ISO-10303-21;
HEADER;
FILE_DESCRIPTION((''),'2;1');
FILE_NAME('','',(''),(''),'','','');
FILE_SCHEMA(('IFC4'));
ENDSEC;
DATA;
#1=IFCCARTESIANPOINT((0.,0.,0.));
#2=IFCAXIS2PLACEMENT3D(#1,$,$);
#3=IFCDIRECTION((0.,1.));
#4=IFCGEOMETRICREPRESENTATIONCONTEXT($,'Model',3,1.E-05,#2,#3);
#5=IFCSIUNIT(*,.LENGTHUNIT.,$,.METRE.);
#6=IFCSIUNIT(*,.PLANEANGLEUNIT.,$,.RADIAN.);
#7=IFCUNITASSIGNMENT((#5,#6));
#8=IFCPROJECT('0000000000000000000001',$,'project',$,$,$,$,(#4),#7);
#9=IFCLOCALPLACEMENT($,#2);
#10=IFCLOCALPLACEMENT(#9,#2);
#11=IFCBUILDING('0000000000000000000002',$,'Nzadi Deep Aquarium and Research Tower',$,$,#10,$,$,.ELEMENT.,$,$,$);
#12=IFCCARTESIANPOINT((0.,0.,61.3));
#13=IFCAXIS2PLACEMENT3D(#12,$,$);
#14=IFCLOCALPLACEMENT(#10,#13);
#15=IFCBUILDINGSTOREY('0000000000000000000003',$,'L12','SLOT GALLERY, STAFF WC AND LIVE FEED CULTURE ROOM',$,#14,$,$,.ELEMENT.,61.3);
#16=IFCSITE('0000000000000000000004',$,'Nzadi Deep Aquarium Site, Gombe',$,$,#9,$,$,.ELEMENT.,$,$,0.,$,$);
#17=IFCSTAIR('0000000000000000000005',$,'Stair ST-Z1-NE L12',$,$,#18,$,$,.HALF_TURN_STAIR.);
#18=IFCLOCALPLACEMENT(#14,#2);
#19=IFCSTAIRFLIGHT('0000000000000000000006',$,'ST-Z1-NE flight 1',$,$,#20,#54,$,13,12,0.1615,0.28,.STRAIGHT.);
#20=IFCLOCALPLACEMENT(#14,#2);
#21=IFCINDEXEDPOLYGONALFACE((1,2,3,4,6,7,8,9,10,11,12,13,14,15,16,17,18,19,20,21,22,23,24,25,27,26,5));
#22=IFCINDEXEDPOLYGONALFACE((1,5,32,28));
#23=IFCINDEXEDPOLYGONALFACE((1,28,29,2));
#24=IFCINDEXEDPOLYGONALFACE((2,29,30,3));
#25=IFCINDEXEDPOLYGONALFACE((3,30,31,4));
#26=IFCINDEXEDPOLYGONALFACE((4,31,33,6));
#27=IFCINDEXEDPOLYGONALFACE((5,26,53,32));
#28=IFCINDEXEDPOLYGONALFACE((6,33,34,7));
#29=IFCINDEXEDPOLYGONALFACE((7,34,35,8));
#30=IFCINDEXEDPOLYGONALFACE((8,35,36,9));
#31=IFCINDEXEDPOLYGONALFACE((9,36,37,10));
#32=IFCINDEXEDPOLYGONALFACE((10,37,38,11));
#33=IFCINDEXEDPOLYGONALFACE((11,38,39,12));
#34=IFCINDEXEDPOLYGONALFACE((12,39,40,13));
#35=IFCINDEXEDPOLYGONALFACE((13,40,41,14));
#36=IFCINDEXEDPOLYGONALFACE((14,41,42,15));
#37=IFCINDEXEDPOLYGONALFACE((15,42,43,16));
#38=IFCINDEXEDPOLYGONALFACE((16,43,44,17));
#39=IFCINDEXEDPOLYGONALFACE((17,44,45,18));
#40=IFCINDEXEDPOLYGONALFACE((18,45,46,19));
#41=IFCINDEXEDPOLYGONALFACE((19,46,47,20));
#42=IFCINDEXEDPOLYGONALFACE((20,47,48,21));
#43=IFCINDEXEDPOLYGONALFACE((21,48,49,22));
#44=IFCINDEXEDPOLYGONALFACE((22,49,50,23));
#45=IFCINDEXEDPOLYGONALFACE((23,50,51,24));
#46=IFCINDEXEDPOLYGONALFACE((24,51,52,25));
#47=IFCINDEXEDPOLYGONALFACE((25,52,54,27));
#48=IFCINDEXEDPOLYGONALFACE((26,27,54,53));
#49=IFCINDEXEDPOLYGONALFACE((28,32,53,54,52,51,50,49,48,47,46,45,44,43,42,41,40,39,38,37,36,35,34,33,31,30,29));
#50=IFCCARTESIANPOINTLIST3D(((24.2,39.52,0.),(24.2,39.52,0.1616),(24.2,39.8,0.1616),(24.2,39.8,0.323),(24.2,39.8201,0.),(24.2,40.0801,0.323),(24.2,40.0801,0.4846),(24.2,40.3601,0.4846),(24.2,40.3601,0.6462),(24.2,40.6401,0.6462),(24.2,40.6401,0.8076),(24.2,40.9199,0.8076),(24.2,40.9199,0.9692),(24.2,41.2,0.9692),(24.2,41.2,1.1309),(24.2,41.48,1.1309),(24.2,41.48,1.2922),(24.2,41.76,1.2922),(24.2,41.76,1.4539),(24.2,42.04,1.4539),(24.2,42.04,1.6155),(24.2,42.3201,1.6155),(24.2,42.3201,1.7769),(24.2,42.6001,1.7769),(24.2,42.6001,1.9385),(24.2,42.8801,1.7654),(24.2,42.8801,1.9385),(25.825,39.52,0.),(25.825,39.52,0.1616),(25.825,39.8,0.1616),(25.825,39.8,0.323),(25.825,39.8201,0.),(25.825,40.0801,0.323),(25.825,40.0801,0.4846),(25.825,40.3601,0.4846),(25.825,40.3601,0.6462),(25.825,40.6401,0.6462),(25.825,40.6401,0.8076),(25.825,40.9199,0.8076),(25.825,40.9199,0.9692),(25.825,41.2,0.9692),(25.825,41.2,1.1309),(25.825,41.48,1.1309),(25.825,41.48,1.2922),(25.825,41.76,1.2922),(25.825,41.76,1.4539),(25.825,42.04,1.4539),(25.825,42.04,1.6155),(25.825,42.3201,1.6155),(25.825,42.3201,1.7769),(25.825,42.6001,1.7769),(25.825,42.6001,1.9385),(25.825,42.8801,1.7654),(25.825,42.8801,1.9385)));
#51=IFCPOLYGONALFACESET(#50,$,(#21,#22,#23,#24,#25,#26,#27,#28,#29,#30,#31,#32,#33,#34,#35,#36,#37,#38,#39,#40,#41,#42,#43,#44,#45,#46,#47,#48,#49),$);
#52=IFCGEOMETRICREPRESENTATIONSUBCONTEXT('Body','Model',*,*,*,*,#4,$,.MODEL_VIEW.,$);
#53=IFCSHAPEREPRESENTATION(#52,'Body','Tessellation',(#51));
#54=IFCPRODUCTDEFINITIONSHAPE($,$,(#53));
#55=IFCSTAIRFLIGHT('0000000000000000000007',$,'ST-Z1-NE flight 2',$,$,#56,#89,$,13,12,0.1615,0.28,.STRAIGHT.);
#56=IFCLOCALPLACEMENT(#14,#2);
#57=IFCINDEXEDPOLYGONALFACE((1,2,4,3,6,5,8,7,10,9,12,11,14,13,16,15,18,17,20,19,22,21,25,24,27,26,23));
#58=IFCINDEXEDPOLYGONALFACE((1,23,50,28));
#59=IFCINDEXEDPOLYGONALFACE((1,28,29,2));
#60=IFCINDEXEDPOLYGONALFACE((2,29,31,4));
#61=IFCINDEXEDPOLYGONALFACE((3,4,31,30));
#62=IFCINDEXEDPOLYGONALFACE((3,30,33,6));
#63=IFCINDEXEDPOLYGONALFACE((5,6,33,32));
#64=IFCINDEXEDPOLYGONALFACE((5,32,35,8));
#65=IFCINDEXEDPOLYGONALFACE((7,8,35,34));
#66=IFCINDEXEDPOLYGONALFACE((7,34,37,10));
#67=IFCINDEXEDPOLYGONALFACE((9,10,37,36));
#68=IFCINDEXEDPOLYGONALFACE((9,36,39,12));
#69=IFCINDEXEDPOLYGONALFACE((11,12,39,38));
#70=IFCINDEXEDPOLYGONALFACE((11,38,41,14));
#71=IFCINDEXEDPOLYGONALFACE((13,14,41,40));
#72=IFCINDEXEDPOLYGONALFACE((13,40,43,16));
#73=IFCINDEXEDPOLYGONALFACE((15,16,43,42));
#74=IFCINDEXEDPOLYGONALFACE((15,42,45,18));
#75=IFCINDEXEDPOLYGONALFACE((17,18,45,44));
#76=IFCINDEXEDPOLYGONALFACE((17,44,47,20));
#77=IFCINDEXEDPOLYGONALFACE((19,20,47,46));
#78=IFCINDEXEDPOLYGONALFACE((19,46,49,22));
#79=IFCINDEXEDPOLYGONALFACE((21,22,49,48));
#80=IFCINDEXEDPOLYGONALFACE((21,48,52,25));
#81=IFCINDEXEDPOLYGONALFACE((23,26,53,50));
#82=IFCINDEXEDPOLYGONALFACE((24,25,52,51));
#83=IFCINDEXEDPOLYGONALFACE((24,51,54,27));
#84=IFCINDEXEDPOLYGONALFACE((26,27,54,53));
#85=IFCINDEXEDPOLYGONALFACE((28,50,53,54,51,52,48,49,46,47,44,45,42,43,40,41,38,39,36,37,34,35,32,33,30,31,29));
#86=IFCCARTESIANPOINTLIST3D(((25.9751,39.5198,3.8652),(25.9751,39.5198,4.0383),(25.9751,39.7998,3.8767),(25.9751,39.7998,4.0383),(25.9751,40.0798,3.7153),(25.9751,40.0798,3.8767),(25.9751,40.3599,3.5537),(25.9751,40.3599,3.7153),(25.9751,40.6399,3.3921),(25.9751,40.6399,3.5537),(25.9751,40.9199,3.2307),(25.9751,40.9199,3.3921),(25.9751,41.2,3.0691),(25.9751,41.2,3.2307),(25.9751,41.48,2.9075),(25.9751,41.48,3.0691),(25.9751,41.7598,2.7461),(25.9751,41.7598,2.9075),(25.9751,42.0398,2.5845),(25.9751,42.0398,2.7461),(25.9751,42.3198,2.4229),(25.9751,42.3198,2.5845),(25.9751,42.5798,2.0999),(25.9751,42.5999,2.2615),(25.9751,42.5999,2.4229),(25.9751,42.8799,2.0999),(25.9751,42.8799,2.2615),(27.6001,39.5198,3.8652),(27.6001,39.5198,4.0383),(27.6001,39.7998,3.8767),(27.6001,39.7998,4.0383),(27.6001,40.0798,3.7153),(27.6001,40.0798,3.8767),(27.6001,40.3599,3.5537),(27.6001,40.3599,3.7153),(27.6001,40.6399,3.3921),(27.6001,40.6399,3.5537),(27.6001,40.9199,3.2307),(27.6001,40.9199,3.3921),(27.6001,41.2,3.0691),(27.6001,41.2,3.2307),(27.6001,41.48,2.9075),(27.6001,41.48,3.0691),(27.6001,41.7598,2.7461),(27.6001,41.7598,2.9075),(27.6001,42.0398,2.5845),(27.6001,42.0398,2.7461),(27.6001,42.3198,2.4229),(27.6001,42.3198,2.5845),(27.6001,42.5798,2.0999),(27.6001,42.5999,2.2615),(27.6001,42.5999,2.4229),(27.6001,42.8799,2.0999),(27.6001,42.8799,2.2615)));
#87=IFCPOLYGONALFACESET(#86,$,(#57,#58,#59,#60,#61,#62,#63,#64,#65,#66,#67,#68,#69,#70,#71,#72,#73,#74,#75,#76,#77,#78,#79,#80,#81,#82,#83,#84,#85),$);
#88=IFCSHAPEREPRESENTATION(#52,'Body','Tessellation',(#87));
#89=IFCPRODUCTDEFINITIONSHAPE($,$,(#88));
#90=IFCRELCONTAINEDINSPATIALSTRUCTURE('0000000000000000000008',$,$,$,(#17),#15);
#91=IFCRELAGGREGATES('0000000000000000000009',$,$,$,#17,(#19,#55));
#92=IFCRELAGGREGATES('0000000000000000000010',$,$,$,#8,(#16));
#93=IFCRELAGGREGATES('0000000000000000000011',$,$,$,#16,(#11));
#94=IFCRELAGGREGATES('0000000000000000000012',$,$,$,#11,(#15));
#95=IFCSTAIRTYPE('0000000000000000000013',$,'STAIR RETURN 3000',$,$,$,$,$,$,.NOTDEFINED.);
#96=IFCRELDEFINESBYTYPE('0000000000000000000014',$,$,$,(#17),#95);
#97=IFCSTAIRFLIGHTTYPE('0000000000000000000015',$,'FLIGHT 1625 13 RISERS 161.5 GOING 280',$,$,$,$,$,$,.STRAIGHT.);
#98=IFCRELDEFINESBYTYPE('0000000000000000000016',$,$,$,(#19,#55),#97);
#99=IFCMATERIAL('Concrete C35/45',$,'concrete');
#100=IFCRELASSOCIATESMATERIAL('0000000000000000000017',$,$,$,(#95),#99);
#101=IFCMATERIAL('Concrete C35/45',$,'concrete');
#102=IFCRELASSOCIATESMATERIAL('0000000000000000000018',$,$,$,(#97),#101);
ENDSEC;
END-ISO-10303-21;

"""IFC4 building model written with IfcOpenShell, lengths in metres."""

from ifc_helpers import new_model, si_unit, direction, frame, origin, place, context, subcontext, project, spatial, polyline, outline, extrude, material, type_object, element, aggregate, save


model = new_model("IFC4")

# Units and contexts
model_context = context("Model", 3, precision=1e-05, world=origin(), true_north=direction((0.0, 1.0)))
body_context = subcontext(model_context, "Body", "Model", "MODEL_VIEW")
ifc_project = project(units=[si_unit("LENGTHUNIT", "METRE"), si_unit("PLANEANGLEUNIT", "RADIAN")], contexts=[model_context])

# Site, building, storey
site_placement = place(None, origin())
site = spatial("IfcSite", under=ifc_project, at=site_placement, Name="Nzadi Deep Aquarium Site, Gombe", CompositionType="ELEMENT", RefElevation=0.0)
building_placement = place(site_placement, origin())
building = spatial("IfcBuilding", under=site, at=building_placement, Name="Nzadi Deep Aquarium and Research Tower", CompositionType="ELEMENT")
storey_placement = place(building_placement, frame((0.0, 0.0, 61.3)))
storey = spatial("IfcBuildingStorey", under=building, at=storey_placement, Name="L12", Description="SLOT GALLERY, STAFF WC AND LIVE FEED CULTURE ROOM", CompositionType="ELEMENT", Elevation=61.3)

# Stair, stair flights
ifc_material_1 = material(Name="Concrete C35/45", Category="concrete")
stair_type = type_object("IfcStairType", Name="STAIR RETURN 3000", PredefinedType="NOTDEFINED", material=ifc_material_1)
stair_placement = place(storey_placement, origin())
stair = element("IfcStair", 1, at=stair_placement, inside=storey, type_object=stair_type, Name="Stair ST-Z1-NE L12", PredefinedType="HALF_TURN_STAIR")
ifc_material_2 = material(Name="Concrete C35/45", Category="concrete")
stair_flight_type = type_object("IfcStairFlightType", Name="FLIGHT 1625 13 RISERS 161.5 GOING 280", PredefinedType="STRAIGHT", material=ifc_material_2)
stair_flight_1_placement = place(storey_placement, frame((25.0125, 39.52, 0.0), z_axis=(0.0, 0.0, 1.0), x_axis=(0.0, 1.0, 0.0)))
stair_flight_1 = element("IfcStairFlight", 2, at=stair_flight_1_placement, type_object=stair_flight_type, Name="ST-Z1-NE flight 1", NumberOfRisers=13, NumberOfTreads=12, PredefinedType="STRAIGHT", RiserHeight=0.1615, TreadLength=0.28, context=body_context, shape_type="SweptSolid", body=[
    extrude(outline(polyline([(0.0, 0.0), (0.0, 0.1616), (0.28, 0.1616), (0.28, 0.323), (0.5601, 0.323), (0.5601, 0.4846), (0.8401, 0.4846), (0.8401, 0.6462), (1.1201, 0.6462), (1.1201, 0.8076), (1.3999, 0.8076), (1.3999, 0.9692), (1.6799, 0.9692), (1.6799, 1.1309), (1.96, 1.1309), (1.96, 1.2922), (2.24, 1.2922), (2.24, 1.4539), (2.52, 1.4539), (2.52, 1.6155), (2.8, 1.6155), (2.8, 1.7769), (3.0801, 1.7769), (3.0801, 1.9385), (3.3601, 1.9385), (3.3601, 2.1001), (3.3601, 1.7654), (0.3, 0.0), (0.0, 0.0)])), frame((0.0, 0.8125, 0.0), z_axis=(0.0, -1.0, 0.0), x_axis=(1.0, 0.0, 0.0)), (0.0, 0.0, 1.0), 1.625),
])
stair_flight_2_placement = place(storey_placement, frame((26.7876, 42.8799, 2.0999), z_axis=(0.0, 0.0, 1.0), x_axis=(0.0, -1.0, 0.0)))
stair_flight_2 = element("IfcStairFlight", 3, at=stair_flight_2_placement, type_object=stair_flight_type, Name="ST-Z1-NE flight 2", NumberOfRisers=13, NumberOfTreads=12, PredefinedType="STRAIGHT", RiserHeight=0.1615, TreadLength=0.28, context=body_context, shape_type="SweptSolid", body=[
    extrude(outline(polyline([(0.0, 0.0), (0.0, 0.1616), (0.28, 0.1616), (0.28, 0.323), (0.5601, 0.323), (0.5601, 0.4846), (0.8401, 0.4846), (0.8401, 0.6462), (1.1201, 0.6462), (1.1201, 0.8076), (1.3999, 0.8076), (1.3999, 0.9692), (1.6799, 0.9692), (1.6799, 1.1309), (1.96, 1.1309), (1.96, 1.2922), (2.24, 1.2922), (2.24, 1.4539), (2.52, 1.4539), (2.52, 1.6155), (2.8, 1.6155), (2.8, 1.7769), (3.0801, 1.7769), (3.0801, 1.9385), (3.3601, 1.9385), (3.3601, 2.1001), (3.3601, 1.7654), (0.3, 0.0), (0.0, 0.0)])), frame((0.0, 0.8125, 0.0), z_axis=(0.0, -1.0, 0.0), x_axis=(1.0, 0.0, 0.0)), (0.0, 0.0, 1.0), 1.625),
])
aggregate(stair, [stair_flight_1, stair_flight_2])

save(model, "model.ifc")
